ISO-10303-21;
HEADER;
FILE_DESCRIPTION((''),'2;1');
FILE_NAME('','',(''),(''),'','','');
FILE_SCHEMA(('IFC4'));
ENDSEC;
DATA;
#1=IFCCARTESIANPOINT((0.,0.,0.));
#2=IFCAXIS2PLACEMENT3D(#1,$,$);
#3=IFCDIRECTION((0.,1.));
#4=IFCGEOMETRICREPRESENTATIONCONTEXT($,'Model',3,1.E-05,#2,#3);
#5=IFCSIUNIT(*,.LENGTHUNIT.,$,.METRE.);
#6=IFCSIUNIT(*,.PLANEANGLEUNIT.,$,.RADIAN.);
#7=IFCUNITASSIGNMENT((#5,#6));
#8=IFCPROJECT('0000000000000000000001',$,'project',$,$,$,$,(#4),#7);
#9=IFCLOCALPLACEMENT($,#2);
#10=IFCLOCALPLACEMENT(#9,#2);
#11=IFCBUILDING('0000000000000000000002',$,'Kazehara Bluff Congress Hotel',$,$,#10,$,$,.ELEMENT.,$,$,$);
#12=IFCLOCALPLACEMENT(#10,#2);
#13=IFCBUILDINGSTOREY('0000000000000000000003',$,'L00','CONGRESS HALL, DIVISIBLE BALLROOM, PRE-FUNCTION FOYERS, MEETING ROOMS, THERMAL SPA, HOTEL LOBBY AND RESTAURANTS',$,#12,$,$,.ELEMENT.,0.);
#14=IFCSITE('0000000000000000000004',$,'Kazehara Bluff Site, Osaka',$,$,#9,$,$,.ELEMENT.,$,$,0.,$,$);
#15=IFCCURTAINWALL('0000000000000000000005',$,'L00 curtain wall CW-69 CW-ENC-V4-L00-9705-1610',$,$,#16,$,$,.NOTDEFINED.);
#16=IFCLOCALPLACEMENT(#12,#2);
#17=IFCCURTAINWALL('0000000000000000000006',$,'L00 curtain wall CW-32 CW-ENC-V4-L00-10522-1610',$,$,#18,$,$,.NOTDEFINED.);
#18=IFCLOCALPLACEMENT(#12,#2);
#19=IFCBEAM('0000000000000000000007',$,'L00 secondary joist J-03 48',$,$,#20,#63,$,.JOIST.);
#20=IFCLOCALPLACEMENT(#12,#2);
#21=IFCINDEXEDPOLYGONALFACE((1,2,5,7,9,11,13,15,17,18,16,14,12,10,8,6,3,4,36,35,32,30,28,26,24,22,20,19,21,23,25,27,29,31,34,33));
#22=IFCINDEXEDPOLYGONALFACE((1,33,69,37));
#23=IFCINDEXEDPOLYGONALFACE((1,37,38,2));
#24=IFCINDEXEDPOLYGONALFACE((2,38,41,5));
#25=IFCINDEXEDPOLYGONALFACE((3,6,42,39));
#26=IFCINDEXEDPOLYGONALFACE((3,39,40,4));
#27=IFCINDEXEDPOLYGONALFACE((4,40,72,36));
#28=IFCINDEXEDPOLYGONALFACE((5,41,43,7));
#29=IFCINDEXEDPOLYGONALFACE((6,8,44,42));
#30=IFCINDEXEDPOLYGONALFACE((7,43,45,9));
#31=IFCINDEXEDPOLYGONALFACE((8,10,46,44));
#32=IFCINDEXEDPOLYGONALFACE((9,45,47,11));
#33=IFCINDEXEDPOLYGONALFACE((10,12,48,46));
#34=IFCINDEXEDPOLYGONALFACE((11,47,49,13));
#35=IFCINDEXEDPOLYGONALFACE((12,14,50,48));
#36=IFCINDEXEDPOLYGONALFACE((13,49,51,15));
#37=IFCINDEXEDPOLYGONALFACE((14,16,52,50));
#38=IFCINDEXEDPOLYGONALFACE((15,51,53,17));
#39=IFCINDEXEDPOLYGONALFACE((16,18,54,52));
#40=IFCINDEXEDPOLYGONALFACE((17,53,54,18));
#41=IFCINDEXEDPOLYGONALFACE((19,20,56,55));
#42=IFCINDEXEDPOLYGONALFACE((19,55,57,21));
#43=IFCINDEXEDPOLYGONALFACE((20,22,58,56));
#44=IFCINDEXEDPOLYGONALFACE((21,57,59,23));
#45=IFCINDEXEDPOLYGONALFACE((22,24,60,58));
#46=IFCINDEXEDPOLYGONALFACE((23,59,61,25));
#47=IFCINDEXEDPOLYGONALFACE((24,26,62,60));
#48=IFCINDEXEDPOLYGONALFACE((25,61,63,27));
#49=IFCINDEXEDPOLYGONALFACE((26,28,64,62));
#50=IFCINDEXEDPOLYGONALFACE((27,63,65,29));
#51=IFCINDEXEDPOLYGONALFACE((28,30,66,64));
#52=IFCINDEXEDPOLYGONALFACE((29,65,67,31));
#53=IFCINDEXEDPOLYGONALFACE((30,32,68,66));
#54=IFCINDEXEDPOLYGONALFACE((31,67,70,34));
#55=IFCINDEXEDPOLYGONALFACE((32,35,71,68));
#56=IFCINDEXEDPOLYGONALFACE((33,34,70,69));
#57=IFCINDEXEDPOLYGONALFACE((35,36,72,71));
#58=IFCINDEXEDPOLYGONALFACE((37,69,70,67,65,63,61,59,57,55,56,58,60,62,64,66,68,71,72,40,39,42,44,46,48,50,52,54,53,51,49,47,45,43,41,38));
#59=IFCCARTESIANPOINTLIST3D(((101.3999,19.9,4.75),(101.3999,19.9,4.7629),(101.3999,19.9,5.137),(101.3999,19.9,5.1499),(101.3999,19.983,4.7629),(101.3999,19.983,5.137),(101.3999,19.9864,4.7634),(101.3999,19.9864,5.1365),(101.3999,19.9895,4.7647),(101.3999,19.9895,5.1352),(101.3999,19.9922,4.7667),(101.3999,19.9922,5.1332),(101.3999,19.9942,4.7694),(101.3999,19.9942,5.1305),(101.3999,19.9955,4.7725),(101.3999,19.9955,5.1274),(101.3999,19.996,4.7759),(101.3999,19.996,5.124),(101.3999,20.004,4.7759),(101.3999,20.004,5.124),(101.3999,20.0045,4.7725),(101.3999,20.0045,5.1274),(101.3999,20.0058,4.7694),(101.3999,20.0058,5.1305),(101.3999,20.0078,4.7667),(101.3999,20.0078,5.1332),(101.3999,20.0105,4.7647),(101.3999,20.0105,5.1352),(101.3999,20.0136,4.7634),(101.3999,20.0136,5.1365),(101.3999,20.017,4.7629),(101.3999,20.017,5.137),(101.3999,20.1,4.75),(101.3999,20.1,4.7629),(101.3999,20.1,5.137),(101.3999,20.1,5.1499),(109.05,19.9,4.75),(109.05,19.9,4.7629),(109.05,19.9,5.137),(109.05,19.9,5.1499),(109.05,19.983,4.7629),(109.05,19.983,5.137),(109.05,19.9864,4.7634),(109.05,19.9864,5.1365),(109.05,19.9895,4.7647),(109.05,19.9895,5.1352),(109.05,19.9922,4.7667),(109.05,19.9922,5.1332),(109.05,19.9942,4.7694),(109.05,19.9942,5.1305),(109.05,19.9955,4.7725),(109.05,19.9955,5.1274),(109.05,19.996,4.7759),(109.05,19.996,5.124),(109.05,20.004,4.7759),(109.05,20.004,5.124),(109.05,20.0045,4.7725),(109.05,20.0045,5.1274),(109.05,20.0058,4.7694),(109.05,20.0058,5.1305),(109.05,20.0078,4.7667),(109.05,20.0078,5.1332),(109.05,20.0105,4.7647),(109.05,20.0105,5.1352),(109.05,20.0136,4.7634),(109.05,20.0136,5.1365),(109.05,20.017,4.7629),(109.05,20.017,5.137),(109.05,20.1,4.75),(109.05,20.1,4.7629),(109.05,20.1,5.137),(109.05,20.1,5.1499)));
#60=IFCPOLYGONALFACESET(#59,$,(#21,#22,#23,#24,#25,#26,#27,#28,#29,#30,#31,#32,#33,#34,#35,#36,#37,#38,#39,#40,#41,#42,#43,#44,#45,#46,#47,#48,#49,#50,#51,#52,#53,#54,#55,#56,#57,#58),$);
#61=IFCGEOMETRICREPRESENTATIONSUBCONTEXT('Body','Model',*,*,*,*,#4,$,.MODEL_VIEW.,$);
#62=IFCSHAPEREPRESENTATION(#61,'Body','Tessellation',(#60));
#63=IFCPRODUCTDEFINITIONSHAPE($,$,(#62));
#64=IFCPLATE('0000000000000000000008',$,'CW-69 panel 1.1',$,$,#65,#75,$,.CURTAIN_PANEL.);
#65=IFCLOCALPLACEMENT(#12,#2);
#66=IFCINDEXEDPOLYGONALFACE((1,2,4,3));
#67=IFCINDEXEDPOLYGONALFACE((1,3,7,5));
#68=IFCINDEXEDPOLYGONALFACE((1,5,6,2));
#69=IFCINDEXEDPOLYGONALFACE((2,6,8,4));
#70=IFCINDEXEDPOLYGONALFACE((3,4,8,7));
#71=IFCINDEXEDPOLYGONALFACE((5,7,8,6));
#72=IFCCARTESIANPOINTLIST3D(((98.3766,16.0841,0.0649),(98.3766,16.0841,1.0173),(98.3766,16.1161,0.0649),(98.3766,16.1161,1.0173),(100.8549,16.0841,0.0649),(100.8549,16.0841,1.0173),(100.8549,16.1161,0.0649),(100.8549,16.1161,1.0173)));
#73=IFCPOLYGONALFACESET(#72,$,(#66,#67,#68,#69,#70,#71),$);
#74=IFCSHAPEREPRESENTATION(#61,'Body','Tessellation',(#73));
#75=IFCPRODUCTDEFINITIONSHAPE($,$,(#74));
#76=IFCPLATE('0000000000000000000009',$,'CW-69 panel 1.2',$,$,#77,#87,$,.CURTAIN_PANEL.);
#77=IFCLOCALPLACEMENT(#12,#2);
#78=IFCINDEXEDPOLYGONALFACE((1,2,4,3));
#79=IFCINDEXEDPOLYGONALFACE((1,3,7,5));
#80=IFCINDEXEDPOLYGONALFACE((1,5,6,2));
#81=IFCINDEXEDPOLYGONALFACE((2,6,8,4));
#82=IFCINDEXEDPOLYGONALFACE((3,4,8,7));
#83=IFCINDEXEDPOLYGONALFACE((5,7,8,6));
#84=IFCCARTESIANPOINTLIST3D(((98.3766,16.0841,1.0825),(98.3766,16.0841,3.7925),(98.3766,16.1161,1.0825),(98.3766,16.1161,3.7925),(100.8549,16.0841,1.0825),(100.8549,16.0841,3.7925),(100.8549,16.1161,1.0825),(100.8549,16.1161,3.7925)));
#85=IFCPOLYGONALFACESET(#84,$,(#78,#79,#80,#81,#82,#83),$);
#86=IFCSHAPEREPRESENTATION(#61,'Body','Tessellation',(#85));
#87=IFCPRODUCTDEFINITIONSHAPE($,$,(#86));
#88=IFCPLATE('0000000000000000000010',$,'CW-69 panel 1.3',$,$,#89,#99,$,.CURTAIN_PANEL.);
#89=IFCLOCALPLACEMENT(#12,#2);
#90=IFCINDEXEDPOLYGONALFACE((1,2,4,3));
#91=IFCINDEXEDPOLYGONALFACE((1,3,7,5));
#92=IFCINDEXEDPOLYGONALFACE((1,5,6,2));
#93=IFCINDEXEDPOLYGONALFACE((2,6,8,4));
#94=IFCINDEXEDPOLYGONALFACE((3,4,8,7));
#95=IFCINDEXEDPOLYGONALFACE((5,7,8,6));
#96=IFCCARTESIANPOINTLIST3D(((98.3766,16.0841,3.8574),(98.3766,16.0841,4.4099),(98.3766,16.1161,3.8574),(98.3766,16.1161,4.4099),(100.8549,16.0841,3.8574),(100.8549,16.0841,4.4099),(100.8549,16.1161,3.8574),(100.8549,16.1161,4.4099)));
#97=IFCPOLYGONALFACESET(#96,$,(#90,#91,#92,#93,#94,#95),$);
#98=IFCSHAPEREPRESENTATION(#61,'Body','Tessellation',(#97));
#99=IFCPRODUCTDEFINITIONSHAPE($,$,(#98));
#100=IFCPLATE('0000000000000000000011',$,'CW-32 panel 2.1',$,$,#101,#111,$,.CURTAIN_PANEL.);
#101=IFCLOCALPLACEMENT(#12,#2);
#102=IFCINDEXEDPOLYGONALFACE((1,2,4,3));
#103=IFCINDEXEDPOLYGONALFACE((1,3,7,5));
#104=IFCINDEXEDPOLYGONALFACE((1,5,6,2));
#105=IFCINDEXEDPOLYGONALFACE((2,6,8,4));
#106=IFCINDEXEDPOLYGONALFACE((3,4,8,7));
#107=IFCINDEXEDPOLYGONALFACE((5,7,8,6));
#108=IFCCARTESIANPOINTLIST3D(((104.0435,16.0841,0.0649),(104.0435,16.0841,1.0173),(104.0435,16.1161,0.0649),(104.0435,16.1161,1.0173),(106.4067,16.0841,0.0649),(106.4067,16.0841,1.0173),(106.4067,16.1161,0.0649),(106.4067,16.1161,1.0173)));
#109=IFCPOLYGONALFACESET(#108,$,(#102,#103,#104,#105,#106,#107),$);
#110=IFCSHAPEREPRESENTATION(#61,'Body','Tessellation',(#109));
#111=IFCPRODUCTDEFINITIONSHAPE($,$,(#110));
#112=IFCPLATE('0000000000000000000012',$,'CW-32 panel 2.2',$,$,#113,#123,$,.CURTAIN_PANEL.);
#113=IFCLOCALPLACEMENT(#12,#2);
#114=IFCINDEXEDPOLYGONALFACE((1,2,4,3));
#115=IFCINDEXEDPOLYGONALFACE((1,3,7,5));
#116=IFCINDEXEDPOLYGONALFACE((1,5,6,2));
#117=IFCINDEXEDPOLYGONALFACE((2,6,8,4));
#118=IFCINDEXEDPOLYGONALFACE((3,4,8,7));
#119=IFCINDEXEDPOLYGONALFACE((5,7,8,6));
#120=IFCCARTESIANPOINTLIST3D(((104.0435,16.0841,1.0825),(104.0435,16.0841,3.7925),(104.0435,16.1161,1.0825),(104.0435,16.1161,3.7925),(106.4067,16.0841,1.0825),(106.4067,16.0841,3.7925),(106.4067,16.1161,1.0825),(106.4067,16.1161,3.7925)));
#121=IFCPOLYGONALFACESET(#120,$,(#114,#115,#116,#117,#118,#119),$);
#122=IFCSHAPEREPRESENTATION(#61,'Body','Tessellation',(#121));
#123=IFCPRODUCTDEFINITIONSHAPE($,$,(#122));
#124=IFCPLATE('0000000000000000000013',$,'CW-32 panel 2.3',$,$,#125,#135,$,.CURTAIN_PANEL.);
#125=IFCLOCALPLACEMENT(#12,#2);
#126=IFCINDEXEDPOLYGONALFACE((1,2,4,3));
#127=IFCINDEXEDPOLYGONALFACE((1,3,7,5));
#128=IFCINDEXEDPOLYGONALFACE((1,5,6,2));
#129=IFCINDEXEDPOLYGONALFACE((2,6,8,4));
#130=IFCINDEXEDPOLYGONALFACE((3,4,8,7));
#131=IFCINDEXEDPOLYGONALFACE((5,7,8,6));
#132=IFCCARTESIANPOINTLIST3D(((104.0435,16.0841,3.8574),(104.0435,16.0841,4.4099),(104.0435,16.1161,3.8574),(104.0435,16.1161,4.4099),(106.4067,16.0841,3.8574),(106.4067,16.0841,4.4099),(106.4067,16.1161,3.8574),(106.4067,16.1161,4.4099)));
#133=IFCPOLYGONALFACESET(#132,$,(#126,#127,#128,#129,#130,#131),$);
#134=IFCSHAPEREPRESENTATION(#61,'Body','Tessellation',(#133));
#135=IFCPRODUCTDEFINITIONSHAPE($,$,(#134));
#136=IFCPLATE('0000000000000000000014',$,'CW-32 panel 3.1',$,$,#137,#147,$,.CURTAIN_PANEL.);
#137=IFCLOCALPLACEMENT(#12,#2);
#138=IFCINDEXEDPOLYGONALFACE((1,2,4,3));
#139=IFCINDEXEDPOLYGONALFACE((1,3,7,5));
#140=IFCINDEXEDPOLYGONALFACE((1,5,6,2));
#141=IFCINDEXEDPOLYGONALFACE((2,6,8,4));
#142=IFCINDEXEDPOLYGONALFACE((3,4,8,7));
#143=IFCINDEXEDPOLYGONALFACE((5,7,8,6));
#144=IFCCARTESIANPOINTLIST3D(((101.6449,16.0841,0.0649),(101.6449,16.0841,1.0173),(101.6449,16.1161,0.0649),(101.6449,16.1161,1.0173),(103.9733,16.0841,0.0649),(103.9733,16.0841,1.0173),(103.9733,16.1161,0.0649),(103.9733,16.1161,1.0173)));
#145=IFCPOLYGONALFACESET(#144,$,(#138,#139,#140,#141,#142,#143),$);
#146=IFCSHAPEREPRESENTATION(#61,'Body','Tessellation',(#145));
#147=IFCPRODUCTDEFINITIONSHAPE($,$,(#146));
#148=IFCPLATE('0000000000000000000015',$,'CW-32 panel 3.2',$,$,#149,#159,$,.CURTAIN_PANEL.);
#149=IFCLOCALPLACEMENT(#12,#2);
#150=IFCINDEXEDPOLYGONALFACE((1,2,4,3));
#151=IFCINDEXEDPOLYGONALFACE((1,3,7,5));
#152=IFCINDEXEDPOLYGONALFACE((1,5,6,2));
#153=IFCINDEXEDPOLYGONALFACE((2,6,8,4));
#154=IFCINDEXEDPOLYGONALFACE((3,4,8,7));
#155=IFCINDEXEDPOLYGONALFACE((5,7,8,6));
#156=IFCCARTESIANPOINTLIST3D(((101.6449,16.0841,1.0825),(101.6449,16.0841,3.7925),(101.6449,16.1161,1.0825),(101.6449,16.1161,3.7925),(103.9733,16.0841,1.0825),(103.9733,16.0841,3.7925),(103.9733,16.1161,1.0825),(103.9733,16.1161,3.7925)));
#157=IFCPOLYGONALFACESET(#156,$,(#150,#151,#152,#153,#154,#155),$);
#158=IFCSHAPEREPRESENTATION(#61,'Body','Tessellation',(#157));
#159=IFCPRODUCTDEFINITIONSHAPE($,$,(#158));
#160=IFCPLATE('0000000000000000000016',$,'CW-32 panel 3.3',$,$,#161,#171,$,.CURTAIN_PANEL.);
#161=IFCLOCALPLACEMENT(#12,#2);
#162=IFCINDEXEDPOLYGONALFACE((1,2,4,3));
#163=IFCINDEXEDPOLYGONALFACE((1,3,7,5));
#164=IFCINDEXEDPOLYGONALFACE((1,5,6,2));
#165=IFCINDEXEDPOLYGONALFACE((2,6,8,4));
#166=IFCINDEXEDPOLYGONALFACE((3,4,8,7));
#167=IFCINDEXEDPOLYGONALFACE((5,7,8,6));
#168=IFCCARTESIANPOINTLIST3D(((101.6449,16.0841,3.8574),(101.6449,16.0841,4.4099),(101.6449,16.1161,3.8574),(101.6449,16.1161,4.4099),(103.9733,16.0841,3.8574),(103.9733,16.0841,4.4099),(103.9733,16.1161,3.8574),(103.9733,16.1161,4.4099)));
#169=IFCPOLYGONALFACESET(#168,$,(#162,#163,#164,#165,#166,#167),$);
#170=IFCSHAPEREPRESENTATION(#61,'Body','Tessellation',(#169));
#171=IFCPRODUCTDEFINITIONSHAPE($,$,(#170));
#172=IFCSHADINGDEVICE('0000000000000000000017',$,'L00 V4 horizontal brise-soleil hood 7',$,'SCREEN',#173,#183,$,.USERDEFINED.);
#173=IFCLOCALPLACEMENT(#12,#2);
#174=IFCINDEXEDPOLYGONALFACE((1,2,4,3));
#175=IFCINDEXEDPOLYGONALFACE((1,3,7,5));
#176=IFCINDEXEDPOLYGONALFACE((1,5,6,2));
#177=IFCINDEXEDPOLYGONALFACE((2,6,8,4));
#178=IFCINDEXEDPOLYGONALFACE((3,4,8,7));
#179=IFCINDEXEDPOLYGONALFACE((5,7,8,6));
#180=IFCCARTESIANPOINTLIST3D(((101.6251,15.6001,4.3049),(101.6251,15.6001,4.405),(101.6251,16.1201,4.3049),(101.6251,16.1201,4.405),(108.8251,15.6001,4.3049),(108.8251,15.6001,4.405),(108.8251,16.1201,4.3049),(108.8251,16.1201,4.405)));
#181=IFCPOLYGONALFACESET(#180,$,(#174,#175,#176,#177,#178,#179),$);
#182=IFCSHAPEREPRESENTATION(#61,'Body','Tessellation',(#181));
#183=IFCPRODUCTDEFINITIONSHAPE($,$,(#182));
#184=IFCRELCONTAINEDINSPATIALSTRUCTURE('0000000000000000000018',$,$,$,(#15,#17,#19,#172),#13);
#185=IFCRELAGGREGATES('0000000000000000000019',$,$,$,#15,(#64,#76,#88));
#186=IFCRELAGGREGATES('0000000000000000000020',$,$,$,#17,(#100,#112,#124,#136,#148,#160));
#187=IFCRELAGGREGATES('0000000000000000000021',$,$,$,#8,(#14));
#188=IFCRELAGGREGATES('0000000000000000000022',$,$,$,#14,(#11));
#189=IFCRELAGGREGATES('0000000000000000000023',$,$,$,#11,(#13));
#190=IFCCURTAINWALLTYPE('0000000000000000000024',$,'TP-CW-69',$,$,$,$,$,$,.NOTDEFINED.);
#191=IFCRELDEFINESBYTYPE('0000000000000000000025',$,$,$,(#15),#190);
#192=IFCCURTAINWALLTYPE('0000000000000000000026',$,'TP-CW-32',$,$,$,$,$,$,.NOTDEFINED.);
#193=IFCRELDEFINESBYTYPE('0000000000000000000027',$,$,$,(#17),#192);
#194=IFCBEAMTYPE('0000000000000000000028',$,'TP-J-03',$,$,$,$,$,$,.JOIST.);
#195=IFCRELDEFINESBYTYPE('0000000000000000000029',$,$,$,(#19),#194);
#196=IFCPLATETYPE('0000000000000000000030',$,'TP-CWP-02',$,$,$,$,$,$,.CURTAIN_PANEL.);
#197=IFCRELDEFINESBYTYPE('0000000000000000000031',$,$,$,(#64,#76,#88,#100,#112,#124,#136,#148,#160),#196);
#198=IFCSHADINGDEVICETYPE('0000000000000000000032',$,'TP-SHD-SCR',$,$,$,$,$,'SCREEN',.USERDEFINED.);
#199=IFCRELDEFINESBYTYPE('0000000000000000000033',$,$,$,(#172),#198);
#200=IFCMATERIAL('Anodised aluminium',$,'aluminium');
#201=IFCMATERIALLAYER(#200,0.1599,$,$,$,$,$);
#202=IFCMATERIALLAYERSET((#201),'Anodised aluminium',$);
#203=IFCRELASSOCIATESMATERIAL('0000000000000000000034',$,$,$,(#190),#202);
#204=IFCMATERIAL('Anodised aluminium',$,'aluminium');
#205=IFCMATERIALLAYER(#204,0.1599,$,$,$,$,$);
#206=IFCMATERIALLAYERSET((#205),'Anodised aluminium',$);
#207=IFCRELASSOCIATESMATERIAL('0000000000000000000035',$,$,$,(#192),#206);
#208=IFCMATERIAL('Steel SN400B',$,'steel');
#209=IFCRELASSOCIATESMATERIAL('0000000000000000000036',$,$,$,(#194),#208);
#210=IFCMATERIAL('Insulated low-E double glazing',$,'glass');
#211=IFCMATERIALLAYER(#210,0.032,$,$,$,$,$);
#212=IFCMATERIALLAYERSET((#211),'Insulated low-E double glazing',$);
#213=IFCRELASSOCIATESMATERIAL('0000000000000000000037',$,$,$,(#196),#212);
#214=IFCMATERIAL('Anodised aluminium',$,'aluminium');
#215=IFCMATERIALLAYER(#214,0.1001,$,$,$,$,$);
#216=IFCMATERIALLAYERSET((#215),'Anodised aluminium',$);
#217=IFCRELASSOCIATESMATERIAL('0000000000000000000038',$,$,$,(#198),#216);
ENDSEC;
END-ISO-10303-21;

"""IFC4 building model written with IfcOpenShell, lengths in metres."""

from ifc_helpers import new_model, si_unit, direction, frame, origin, origin_2d, place, context, subcontext, project, spatial, rectangle, i_section, extrude, material, layer, layer_set, material_profile, profile_set, type_object, element, aggregate, save


model = new_model("IFC4")

# Units and contexts
model_context = context("Model", 3, precision=1e-05, world=origin(), true_north=direction((0.0, 1.0)))
body_context = subcontext(model_context, "Body", "Model", "MODEL_VIEW")
ifc_project = project(units=[si_unit("LENGTHUNIT", "METRE"), si_unit("PLANEANGLEUNIT", "RADIAN")], contexts=[model_context])

# Site, building, storey
site_placement = place(None, origin())
site = spatial("IfcSite", under=ifc_project, at=site_placement, Name="Kazehara Bluff Site, Osaka", CompositionType="ELEMENT", RefElevation=0.0)
building_placement = place(site_placement, origin())
building = spatial("IfcBuilding", under=site, at=building_placement, Name="Kazehara Bluff Congress Hotel", CompositionType="ELEMENT")
storey_placement = place(building_placement, origin())
storey = spatial("IfcBuildingStorey", under=building, at=storey_placement, Name="L00", Description="CONGRESS HALL, DIVISIBLE BALLROOM, PRE-FUNCTION FOYERS, MEETING ROOMS, THERMAL SPA, HOTEL LOBBY AND RESTAURANTS", CompositionType="ELEMENT", Elevation=0.0)

# Curtain walls
ifc_material_1 = material(Name="Anodised aluminium", Category="aluminium")
ifc_layer_1 = layer(ifc_material_1, 0.1599)
ifc_layer_set_1 = layer_set([ifc_layer_1], Name="Anodised aluminium")
curtain_wall_type_1 = type_object("IfcCurtainWallType", Name="TP-CW-69", PredefinedType="NOTDEFINED", material=ifc_layer_set_1)
curtain_wall_1_placement = place(storey_placement, origin())
curtain_wall_1 = element("IfcCurtainWall", 1, at=curtain_wall_1_placement, inside=storey, type_object=curtain_wall_type_1, Name="L00 curtain wall CW-69 CW-ENC-V4-L00-9705-1610", PredefinedType="NOTDEFINED")
ifc_material_2 = material(Name="Anodised aluminium", Category="aluminium")
ifc_layer_2 = layer(ifc_material_2, 0.1599)
ifc_layer_set_2 = layer_set([ifc_layer_2], Name="Anodised aluminium")
curtain_wall_type_2 = type_object("IfcCurtainWallType", Name="TP-CW-32", PredefinedType="NOTDEFINED", material=ifc_layer_set_2)
curtain_wall_2_placement = place(storey_placement, origin())
curtain_wall_2 = element("IfcCurtainWall", 2, at=curtain_wall_2_placement, inside=storey, type_object=curtain_wall_type_2, Name="L00 curtain wall CW-32 CW-ENC-V4-L00-10522-1610", PredefinedType="NOTDEFINED")

# Beam
ifc_material_3 = material(Name="Steel SN400B", Category="steel")
ifc_material_profile_1 = material_profile(ifc_material_3, i_section(OverallWidth=0.2, OverallDepth=0.3999, WebThickness=0.0081, FlangeThickness=0.0129, FilletRadius=0.0129, at=origin_2d()))
ifc_profile_set_1 = profile_set([ifc_material_profile_1], Name="Steel SN400B")
beam_type_1 = type_object("IfcBeamType", Name="TP-J-03", PredefinedType="JOIST", material=ifc_profile_set_1)
beam_1_placement = place(storey_placement, frame((101.3999, 20.0, 4.95), z_axis=(1.0, 0.0, 0.0), x_axis=(0.0, 1.0, 0.0)))
element("IfcBeam", 3, at=beam_1_placement, inside=storey, type_object=beam_type_1, Name="L00 secondary joist J-03 48", PredefinedType="JOIST", context=body_context, shape_type="SweptSolid", body=[
    extrude(i_section(OverallWidth=0.2, OverallDepth=0.3999, WebThickness=0.0081, FlangeThickness=0.0129, FilletRadius=0.0129, at=origin_2d()), origin(), (0.0, 0.0, 1.0), 7.6501),
])

# Plates
ifc_material_4 = material(Name="Insulated low-E double glazing", Category="glass")
ifc_layer_3 = layer(ifc_material_4, 0.032)
ifc_layer_set_3 = layer_set([ifc_layer_3], Name="Insulated low-E double glazing")
plate_type = type_object("IfcPlateType", Name="TP-CWP-02", PredefinedType="CURTAIN_PANEL", material=ifc_layer_set_3)
plate_1_placement = place(storey_placement, frame((99.6157, 16.1001, 0.0649), z_axis=(0.0, 0.0, 1.0), x_axis=(-1.0, 0.0, 0.0)))
plate_1 = element("IfcPlate", 4, at=plate_1_placement, type_object=plate_type, Name="CW-69 panel 1.1", PredefinedType="CURTAIN_PANEL", context=body_context, shape_type="SweptSolid", body=[
    extrude(rectangle(XDim=2.4783, YDim=0.032, at=origin_2d()), origin(), (0.0, 0.0, 1.0), 0.9524),
])
plate_2_placement = place(storey_placement, frame((99.6157, 16.1001, 1.0825), z_axis=(0.0, 0.0, 1.0), x_axis=(-1.0, 0.0, 0.0)))
plate_2 = element("IfcPlate", 5, at=plate_2_placement, type_object=plate_type, Name="CW-69 panel 1.2", PredefinedType="CURTAIN_PANEL", context=body_context, shape_type="SweptSolid", body=[
    extrude(rectangle(XDim=2.4783, YDim=0.032, at=origin_2d()), origin(), (0.0, 0.0, 1.0), 2.71),
])
plate_3_placement = place(storey_placement, frame((99.6157, 16.1001, 3.8574), z_axis=(0.0, 0.0, 1.0), x_axis=(-1.0, 0.0, 0.0)))
plate_3 = element("IfcPlate", 6, at=plate_3_placement, type_object=plate_type, Name="CW-69 panel 1.3", PredefinedType="CURTAIN_PANEL", context=body_context, shape_type="SweptSolid", body=[
    extrude(rectangle(XDim=2.4783, YDim=0.032, at=origin_2d()), origin(), (0.0, 0.0, 1.0), 0.5525),
])
aggregate(curtain_wall_1, [plate_1, plate_2, plate_3])
plate_4_placement = place(storey_placement, frame((105.2251, 16.1001, 0.0649), z_axis=(0.0, 0.0, 1.0), x_axis=(-1.0, 0.0, 0.0)))
plate_4 = element("IfcPlate", 7, at=plate_4_placement, type_object=plate_type, Name="CW-32 panel 2.1", PredefinedType="CURTAIN_PANEL", context=body_context, shape_type="SweptSolid", body=[
    extrude(rectangle(XDim=2.3633, YDim=0.032, at=origin_2d()), origin(), (0.0, 0.0, 1.0), 0.9524),
])
plate_5_placement = place(storey_placement, frame((105.2251, 16.1001, 1.0825), z_axis=(0.0, 0.0, 1.0), x_axis=(-1.0, 0.0, 0.0)))
plate_5 = element("IfcPlate", 8, at=plate_5_placement, type_object=plate_type, Name="CW-32 panel 2.2", PredefinedType="CURTAIN_PANEL", context=body_context, shape_type="SweptSolid", body=[
    extrude(rectangle(XDim=2.3633, YDim=0.032, at=origin_2d()), origin(), (0.0, 0.0, 1.0), 2.71),
])
plate_6_placement = place(storey_placement, frame((105.2251, 16.1001, 3.8574), z_axis=(0.0, 0.0, 1.0), x_axis=(-1.0, 0.0, 0.0)))
plate_6 = element("IfcPlate", 9, at=plate_6_placement, type_object=plate_type, Name="CW-32 panel 2.3", PredefinedType="CURTAIN_PANEL", context=body_context, shape_type="SweptSolid", body=[
    extrude(rectangle(XDim=2.3633, YDim=0.032, at=origin_2d()), origin(), (0.0, 0.0, 1.0), 0.5525),
])
plate_7_placement = place(storey_placement, frame((102.8091, 16.1001, 0.0649), z_axis=(0.0, 0.0, 1.0), x_axis=(-1.0, 0.0, 0.0)))
plate_7 = element("IfcPlate", 10, at=plate_7_placement, type_object=plate_type, Name="CW-32 panel 3.1", PredefinedType="CURTAIN_PANEL", context=body_context, shape_type="SweptSolid", body=[
    extrude(rectangle(XDim=2.3284, YDim=0.032, at=origin_2d()), origin(), (0.0, 0.0, 1.0), 0.9524),
])
plate_8_placement = place(storey_placement, frame((102.8091, 16.1001, 1.0825), z_axis=(0.0, 0.0, 1.0), x_axis=(-1.0, 0.0, 0.0)))
plate_8 = element("IfcPlate", 11, at=plate_8_placement, type_object=plate_type, Name="CW-32 panel 3.2", PredefinedType="CURTAIN_PANEL", context=body_context, shape_type="SweptSolid", body=[
    extrude(rectangle(XDim=2.3284, YDim=0.032, at=origin_2d()), origin(), (0.0, 0.0, 1.0), 2.71),
])
plate_9_placement = place(storey_placement, frame((102.8091, 16.1001, 3.8574), z_axis=(0.0, 0.0, 1.0), x_axis=(-1.0, 0.0, 0.0)))
plate_9 = element("IfcPlate", 12, at=plate_9_placement, type_object=plate_type, Name="CW-32 panel 3.3", PredefinedType="CURTAIN_PANEL", context=body_context, shape_type="SweptSolid", body=[
    extrude(rectangle(XDim=2.3284, YDim=0.032, at=origin_2d()), origin(), (0.0, 0.0, 1.0), 0.5525),
])
aggregate(curtain_wall_2, [plate_4, plate_5, plate_6, plate_7, plate_8, plate_9])

# Shading device
ifc_material_5 = material(Name="Anodised aluminium", Category="aluminium")
ifc_layer_4 = layer(ifc_material_5, 0.1001)
ifc_layer_set_4 = layer_set([ifc_layer_4], Name="Anodised aluminium")
shading_device_type = type_object("IfcShadingDeviceType", Name="TP-SHD-SCR", ElementType="SCREEN", PredefinedType="USERDEFINED", material=ifc_layer_set_4)
shading_device_placement = place(storey_placement, frame((105.2251, 15.8601, 4.3049), z_axis=(0.0, 0.0, 1.0), x_axis=(1.0, 0.0, 0.0)))
element("IfcShadingDevice", 13, at=shading_device_placement, inside=storey, type_object=shading_device_type, Name="L00 V4 horizontal brise-soleil hood 7", ObjectType="SCREEN", PredefinedType="USERDEFINED", context=body_context, shape_type="SweptSolid", body=[
    extrude(rectangle(XDim=7.2, YDim=0.52, at=origin_2d()), origin(), (0.0, 0.0, 1.0), 0.1001),
])

save(model, "model.ifc")
